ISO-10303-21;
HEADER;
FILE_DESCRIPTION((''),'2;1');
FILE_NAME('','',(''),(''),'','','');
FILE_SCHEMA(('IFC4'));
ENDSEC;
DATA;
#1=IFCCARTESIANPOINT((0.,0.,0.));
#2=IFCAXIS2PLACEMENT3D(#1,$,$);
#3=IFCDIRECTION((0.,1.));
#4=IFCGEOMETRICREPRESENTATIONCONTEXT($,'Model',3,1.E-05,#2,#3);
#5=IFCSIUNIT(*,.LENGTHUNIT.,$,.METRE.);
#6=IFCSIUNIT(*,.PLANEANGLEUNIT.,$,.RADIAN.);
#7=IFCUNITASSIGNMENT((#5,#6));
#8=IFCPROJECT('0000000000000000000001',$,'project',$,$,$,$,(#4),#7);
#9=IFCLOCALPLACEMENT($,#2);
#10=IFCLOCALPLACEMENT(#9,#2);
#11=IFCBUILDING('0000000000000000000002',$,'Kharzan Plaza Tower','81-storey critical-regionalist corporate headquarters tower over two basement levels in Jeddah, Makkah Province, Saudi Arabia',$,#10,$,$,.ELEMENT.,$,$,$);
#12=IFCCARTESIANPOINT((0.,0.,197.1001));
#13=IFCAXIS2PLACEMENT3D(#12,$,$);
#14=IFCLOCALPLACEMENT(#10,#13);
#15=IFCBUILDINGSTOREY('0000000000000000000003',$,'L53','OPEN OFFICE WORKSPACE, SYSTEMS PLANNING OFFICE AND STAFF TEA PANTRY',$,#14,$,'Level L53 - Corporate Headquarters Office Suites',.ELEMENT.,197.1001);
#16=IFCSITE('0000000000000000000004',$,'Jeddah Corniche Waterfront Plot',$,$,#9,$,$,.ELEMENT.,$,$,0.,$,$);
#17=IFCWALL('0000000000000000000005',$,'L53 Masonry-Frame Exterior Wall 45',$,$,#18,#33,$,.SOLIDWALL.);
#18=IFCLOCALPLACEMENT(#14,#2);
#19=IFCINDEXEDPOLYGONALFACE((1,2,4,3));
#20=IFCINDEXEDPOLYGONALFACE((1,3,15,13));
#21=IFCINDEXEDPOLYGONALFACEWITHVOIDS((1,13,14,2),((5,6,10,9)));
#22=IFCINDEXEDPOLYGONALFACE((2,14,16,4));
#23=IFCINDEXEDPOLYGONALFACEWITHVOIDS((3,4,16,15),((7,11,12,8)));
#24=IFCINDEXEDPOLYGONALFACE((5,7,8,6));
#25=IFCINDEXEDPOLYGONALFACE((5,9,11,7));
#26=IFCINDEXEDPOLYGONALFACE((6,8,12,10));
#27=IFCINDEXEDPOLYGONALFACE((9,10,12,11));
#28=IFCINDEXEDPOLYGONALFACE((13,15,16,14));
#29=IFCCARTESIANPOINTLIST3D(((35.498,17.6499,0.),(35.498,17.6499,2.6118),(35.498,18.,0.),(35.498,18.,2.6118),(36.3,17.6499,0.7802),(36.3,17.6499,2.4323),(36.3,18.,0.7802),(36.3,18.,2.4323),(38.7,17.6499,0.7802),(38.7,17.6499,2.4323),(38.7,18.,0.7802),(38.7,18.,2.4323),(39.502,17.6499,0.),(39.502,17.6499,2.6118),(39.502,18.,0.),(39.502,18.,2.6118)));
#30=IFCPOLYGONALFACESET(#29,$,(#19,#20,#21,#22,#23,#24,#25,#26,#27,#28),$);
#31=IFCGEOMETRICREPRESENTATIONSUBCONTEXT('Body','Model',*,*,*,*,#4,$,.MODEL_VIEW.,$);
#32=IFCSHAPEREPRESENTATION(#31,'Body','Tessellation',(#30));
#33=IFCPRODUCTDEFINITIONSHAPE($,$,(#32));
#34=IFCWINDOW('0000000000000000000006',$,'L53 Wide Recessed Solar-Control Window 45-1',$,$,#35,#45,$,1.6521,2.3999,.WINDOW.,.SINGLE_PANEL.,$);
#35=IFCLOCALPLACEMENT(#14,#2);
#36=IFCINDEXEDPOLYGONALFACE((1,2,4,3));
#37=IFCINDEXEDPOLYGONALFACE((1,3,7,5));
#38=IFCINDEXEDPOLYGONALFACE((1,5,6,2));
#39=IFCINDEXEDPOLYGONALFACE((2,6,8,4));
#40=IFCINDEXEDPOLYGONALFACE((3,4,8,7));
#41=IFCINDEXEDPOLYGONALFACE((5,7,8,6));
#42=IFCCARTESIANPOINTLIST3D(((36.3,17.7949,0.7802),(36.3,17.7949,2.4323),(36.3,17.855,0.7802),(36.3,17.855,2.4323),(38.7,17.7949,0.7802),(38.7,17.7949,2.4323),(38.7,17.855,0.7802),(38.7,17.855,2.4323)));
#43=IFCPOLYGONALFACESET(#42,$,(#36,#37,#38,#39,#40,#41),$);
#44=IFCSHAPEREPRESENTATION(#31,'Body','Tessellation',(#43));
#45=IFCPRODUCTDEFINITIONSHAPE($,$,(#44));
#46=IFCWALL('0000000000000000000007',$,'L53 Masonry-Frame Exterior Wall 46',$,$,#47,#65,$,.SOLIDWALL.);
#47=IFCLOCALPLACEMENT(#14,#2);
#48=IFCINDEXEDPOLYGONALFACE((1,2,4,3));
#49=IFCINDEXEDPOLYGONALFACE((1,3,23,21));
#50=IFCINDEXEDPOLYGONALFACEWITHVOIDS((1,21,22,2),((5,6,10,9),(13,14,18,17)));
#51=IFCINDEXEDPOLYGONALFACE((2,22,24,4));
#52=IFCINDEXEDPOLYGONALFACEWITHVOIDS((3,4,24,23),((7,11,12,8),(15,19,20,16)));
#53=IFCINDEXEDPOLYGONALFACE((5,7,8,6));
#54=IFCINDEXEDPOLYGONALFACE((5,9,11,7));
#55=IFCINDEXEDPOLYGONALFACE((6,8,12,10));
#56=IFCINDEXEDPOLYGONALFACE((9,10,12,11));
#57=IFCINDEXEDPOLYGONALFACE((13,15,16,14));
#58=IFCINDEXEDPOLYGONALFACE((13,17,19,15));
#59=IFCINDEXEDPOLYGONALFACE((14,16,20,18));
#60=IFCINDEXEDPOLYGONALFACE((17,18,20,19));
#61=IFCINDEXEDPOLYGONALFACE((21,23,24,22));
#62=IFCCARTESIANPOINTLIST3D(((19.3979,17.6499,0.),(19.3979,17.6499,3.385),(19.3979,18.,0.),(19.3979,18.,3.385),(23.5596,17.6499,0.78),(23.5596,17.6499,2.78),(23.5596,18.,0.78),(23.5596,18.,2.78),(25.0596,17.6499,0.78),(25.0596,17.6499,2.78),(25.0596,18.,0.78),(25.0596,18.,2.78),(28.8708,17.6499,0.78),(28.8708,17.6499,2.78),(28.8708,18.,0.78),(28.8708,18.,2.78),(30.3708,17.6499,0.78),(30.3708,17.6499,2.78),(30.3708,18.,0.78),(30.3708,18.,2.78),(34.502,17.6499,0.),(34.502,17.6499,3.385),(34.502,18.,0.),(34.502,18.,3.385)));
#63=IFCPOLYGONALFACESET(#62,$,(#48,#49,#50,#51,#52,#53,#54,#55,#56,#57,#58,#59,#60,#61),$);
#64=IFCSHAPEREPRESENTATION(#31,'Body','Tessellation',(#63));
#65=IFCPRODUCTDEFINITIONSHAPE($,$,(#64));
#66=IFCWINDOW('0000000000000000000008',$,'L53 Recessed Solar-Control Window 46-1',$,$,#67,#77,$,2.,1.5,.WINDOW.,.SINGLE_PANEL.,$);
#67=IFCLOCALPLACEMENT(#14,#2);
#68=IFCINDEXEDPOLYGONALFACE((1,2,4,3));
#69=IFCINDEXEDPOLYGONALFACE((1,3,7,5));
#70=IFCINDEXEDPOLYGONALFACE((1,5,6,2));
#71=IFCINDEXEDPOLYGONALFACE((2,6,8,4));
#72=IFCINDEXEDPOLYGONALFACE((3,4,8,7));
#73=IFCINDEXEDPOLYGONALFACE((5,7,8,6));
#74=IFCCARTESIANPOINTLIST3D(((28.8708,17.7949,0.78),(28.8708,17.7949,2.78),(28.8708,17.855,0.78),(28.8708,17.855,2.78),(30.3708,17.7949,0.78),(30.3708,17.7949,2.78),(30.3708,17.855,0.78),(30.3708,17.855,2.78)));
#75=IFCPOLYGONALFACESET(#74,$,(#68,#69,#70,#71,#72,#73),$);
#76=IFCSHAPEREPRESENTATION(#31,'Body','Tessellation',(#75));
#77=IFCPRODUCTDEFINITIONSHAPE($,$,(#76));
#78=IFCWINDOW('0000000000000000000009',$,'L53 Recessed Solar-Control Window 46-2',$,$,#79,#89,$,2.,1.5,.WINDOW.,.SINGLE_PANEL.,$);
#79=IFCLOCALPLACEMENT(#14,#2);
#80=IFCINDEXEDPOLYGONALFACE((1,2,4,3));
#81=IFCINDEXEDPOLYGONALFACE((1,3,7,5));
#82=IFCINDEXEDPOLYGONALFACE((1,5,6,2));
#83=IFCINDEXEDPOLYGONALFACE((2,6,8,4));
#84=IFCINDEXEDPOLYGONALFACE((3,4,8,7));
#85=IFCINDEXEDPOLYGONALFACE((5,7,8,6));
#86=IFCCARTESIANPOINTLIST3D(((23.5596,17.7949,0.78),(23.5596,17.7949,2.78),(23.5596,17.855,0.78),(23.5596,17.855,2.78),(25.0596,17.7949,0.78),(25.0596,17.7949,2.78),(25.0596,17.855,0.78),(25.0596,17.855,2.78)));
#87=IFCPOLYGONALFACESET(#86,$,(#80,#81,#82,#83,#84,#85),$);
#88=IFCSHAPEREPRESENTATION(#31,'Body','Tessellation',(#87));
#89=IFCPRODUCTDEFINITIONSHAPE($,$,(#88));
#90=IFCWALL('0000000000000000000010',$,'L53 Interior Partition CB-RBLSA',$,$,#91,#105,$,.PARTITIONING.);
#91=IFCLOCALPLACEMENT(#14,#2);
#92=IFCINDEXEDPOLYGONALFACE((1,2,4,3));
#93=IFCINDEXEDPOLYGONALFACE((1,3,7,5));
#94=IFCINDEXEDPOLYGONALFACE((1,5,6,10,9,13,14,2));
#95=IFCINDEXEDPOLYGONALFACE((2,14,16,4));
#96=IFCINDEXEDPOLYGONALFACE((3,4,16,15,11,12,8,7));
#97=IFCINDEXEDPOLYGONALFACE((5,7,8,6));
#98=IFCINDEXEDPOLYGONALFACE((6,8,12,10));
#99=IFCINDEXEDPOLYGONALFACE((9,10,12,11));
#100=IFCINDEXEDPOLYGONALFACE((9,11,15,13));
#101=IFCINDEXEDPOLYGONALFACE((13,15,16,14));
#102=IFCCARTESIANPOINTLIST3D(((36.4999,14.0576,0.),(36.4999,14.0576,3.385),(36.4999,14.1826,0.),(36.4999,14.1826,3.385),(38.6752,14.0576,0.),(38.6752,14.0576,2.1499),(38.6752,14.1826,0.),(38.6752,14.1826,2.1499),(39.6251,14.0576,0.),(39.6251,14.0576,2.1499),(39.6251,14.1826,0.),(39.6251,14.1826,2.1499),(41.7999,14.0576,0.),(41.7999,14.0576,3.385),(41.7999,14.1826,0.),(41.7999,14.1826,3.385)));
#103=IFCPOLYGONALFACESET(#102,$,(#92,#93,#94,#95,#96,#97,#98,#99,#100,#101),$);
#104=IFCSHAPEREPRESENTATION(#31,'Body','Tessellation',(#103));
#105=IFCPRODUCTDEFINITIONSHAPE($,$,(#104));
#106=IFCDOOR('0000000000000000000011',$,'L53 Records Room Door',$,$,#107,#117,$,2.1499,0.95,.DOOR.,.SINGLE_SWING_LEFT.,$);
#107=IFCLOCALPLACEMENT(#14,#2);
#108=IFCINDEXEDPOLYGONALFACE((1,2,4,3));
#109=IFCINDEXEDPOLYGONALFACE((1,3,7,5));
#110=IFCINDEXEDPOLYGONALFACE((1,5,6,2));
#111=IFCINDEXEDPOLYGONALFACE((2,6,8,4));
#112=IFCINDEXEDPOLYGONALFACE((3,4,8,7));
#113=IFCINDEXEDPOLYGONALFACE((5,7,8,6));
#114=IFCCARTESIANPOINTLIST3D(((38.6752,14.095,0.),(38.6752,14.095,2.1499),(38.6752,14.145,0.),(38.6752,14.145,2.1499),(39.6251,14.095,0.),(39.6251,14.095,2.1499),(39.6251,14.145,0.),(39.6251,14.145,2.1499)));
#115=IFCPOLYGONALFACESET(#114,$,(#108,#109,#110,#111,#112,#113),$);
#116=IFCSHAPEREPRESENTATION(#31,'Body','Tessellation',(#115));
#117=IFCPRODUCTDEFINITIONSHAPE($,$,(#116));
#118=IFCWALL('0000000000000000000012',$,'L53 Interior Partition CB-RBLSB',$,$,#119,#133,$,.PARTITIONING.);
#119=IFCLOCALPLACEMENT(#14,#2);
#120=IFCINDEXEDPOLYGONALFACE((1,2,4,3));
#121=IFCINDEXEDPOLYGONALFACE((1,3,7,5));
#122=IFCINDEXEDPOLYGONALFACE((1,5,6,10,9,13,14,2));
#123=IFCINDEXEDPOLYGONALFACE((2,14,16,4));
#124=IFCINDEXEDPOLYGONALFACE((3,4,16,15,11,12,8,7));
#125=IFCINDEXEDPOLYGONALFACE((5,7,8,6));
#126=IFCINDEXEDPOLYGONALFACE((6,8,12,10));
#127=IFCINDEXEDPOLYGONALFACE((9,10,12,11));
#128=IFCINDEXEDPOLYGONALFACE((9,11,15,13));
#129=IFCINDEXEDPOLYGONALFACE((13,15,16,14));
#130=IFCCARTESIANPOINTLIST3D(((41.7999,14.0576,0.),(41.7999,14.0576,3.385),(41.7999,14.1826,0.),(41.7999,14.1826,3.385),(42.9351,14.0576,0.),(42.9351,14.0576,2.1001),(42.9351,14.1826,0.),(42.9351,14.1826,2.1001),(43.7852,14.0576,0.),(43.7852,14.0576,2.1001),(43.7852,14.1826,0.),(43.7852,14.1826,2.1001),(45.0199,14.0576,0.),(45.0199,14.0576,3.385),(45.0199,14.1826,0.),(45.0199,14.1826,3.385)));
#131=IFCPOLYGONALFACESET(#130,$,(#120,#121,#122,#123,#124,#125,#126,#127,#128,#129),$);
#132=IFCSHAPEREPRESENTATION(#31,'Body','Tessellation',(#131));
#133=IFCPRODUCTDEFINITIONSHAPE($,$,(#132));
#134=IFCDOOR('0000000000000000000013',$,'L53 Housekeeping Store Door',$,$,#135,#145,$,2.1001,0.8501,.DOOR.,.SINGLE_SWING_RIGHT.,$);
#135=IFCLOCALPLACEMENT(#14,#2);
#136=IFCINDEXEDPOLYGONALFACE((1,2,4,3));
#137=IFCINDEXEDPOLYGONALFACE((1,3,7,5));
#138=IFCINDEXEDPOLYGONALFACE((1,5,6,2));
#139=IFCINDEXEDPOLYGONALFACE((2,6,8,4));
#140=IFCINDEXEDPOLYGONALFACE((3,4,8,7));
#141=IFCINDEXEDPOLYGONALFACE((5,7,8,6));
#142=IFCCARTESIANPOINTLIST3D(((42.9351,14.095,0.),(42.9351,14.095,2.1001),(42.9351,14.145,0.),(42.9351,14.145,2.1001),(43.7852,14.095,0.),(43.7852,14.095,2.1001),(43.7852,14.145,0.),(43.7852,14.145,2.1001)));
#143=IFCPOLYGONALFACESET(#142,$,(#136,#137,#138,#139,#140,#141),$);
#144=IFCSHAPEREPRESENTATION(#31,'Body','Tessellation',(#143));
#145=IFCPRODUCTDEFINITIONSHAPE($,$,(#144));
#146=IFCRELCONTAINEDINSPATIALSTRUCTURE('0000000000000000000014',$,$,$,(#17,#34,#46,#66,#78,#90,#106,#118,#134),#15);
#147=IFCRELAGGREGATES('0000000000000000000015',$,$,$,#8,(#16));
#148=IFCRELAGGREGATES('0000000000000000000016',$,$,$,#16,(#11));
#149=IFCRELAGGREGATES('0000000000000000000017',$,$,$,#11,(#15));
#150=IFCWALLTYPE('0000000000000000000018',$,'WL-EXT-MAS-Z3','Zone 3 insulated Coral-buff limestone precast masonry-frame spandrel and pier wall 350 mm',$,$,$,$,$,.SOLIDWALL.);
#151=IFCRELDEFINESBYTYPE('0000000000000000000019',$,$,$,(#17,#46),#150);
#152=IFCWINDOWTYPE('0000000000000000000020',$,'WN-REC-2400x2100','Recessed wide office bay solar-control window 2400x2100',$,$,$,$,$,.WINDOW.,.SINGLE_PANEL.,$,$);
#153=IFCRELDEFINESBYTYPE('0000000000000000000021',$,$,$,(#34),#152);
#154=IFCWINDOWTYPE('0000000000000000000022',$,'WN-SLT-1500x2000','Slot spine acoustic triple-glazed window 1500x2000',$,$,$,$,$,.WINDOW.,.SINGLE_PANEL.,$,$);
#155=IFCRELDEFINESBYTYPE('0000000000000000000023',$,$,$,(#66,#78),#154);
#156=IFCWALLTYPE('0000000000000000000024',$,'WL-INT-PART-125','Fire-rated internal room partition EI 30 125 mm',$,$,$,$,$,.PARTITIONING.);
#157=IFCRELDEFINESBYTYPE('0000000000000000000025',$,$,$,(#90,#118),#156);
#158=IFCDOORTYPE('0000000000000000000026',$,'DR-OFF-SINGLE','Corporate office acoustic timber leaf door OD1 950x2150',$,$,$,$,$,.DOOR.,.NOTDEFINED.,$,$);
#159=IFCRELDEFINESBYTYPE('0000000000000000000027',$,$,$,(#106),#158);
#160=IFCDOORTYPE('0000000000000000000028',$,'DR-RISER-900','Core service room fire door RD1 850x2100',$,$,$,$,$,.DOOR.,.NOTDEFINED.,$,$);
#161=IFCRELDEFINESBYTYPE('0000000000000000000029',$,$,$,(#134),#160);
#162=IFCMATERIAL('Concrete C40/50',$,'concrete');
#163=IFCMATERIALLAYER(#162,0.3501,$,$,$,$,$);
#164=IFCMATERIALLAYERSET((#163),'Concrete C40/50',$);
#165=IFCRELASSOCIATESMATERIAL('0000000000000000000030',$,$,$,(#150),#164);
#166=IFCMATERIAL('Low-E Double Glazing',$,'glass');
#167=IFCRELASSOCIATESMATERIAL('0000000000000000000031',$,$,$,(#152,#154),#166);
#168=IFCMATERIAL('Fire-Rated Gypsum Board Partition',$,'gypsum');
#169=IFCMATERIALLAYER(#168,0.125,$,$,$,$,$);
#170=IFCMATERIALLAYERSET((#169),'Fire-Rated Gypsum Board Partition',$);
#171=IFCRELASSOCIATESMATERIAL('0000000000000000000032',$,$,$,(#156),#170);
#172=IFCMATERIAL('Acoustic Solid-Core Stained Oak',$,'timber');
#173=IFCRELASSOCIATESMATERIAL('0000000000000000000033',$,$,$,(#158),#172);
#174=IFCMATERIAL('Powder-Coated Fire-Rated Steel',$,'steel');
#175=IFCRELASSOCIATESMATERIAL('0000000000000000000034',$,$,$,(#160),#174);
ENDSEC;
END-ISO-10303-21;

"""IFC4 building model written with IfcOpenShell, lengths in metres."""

from ifc_helpers import new_model, si_unit, direction, frame, frame_2d, origin, place, context, subcontext, project, spatial, rectangle, extrude, source, transform, mapped, material, layer, layer_set, type_object, element, fill, save


model = new_model("IFC4")

# Units and contexts
model_context = context("Model", 3, precision=1e-05, world=origin(), true_north=direction((0.0, 1.0)))
body_context = subcontext(model_context, "Body", "Model", "MODEL_VIEW")
ifc_project = project(units=[si_unit("LENGTHUNIT", "METRE"), si_unit("PLANEANGLEUNIT", "RADIAN")], contexts=[model_context])

# Site, building, storey
site_placement = place(None, origin())
site = spatial("IfcSite", under=ifc_project, at=site_placement, Name="Jeddah Corniche Waterfront Plot", CompositionType="ELEMENT", RefElevation=0.0)
building_placement = place(site_placement, origin())
building = spatial("IfcBuilding", under=site, at=building_placement, Name="Kharzan Plaza Tower", Description="81-storey critical-regionalist corporate headquarters tower over two basement levels in Jeddah, Makkah Province, Saudi Arabia", CompositionType="ELEMENT")
storey_placement = place(building_placement, frame((0.0, 0.0, 197.1001)))
storey = spatial("IfcBuildingStorey", under=building, at=storey_placement, Name="L53", Description="OPEN OFFICE WORKSPACE, SYSTEMS PLANNING OFFICE AND STAFF TEA PANTRY", LongName="Level L53 - Corporate Headquarters Office Suites", CompositionType="ELEMENT", Elevation=197.1001)

# Wall, opening, window
ifc_material_1 = material(Name="Concrete C40/50", Category="concrete")
ifc_layer_1 = layer(ifc_material_1, 0.3501)
ifc_layer_set_1 = layer_set([ifc_layer_1], Name="Concrete C40/50")
wall_type_1 = type_object("IfcWallType", Name="WL-EXT-MAS-Z3", Description="Zone 3 insulated Coral-buff limestone precast masonry-frame spandrel and pier wall 350 mm", PredefinedType="SOLIDWALL", material=ifc_layer_set_1)
wall_1_placement = place(storey_placement, frame((39.502, 17.825, 0.0), z_axis=(0.0, 0.0, 1.0), x_axis=(-1.0, 0.0, 0.0)))
wall_1 = element("IfcWall", 1, at=wall_1_placement, inside=storey, type_object=wall_type_1, Name="L53 Masonry-Frame Exterior Wall 45", PredefinedType="SOLIDWALL", context=body_context, shape_type="SweptSolid", body=[
    extrude(rectangle(XDim=4.0039, YDim=0.3501, at=frame_2d((2.002, 0.0))), origin(), (0.0, 0.0, 1.0), 2.6118),
])
opening_1_placement = place(wall_1_placement, frame((0.802, 0.0, 0.78)))
opening_1 = element("IfcOpeningElement", 2, at=opening_1_placement, cuts=wall_1, PredefinedType="OPENING", context=body_context, shape_type="SweptSolid", body=[
    extrude(rectangle(XDim=2.3999, YDim=1.6521, at=frame_2d((1.2, 0.8262))), frame((0.0, 0.1851, 0.0), z_axis=(0.0, -1.0, 0.0), x_axis=(1.0, 0.0, 0.0)), (0.0, 0.0, 1.0), 0.3701),
])
ifc_material_2 = material(Name="Low-E Double Glazing", Category="glass")
window_type_1 = type_object("IfcWindowType", Name="WN-REC-2400x2100", Description="Recessed wide office bay solar-control window 2400x2100", PartitioningType="SINGLE_PANEL", PredefinedType="WINDOW", material=ifc_material_2)
shared_shape_1 = source(origin(), body_context, "Body", "SweptSolid", [
    extrude(rectangle(XDim=2.3999, YDim=1.6521, at=frame_2d((1.2, 0.8262))), frame((0.0, 0.03, 0.0), z_axis=(0.0, -1.0, 0.0), x_axis=(1.0, 0.0, 0.0)), (0.0, 0.0, 1.0), 0.0601),
])
window_1_placement = place(opening_1_placement, origin())
window_1 = element("IfcWindow", 3, at=window_1_placement, inside=storey, type_object=window_type_1, Name="L53 Wide Recessed Solar-Control Window 45-1", OverallHeight=1.6521, OverallWidth=2.3999, PartitioningType="SINGLE_PANEL", PredefinedType="WINDOW", context=body_context, shape_type="MappedRepresentation", body=[
    mapped(shared_shape_1, transform((0.0, 0.0, 0.0), x_axis=(1.0, 0.0, 0.0), y_axis=(0.0, 1.0, 0.0), z_axis=(0.0, 0.0, 1.0))),
])
fill(opening_1, window_1)

# Wall, openings, windows
wall_2_placement = place(storey_placement, frame((34.502, 17.825, 0.0), z_axis=(0.0, 0.0, 1.0), x_axis=(-1.0, 0.0, 0.0)))
wall_2 = element("IfcWall", 4, at=wall_2_placement, inside=storey, type_object=wall_type_1, Name="L53 Masonry-Frame Exterior Wall 46", PredefinedType="SOLIDWALL", context=body_context, shape_type="SweptSolid", body=[
    extrude(rectangle(XDim=15.104, YDim=0.3501, at=frame_2d((7.552, 0.0))), origin(), (0.0, 0.0, 1.0), 3.385),
])
opening_2_placement = place(wall_2_placement, frame((4.1311, 0.0, 0.78)))
opening_2 = element("IfcOpeningElement", 5, at=opening_2_placement, cuts=wall_2, PredefinedType="OPENING", context=body_context, shape_type="SweptSolid", body=[
    extrude(rectangle(XDim=1.5, YDim=2.0, at=frame_2d((0.75, 1.0))), frame((0.0, 0.1851, 0.0), z_axis=(0.0, -1.0, 0.0), x_axis=(1.0, 0.0, 0.0)), (0.0, 0.0, 1.0), 0.3701),
])
opening_3_placement = place(wall_2_placement, frame((9.4424, 0.0, 0.78)))
opening_3 = element("IfcOpeningElement", 6, at=opening_3_placement, cuts=wall_2, PredefinedType="OPENING", context=body_context, shape_type="SweptSolid", body=[
    extrude(rectangle(XDim=1.5, YDim=2.0, at=frame_2d((0.75, 1.0))), frame((0.0, 0.1851, 0.0), z_axis=(0.0, -1.0, 0.0), x_axis=(1.0, 0.0, 0.0)), (0.0, 0.0, 1.0), 0.3701),
])
window_type_2 = type_object("IfcWindowType", Name="WN-SLT-1500x2000", Description="Slot spine acoustic triple-glazed window 1500x2000", PartitioningType="SINGLE_PANEL", PredefinedType="WINDOW", material=ifc_material_2)
shared_shape_2 = source(origin(), body_context, "Body", "SweptSolid", [
    extrude(rectangle(XDim=1.5, YDim=2.0, at=frame_2d((0.75, 1.0))), frame((0.0, 0.03, 0.0), z_axis=(0.0, -1.0, 0.0), x_axis=(1.0, 0.0, 0.0)), (0.0, 0.0, 1.0), 0.0601),
])
window_2_placement = place(opening_2_placement, origin())
window_2 = element("IfcWindow", 7, at=window_2_placement, inside=storey, type_object=window_type_2, Name="L53 Recessed Solar-Control Window 46-1", OverallHeight=2.0, OverallWidth=1.5, PartitioningType="SINGLE_PANEL", PredefinedType="WINDOW", context=body_context, shape_type="MappedRepresentation", body=[
    mapped(shared_shape_2, transform((0.0, 0.0, 0.0), x_axis=(1.0, 0.0, 0.0), y_axis=(0.0, 1.0, 0.0), z_axis=(0.0, 0.0, 1.0))),
])
fill(opening_2, window_2)
window_3_placement = place(opening_3_placement, origin())
window_3 = element("IfcWindow", 8, at=window_3_placement, inside=storey, type_object=window_type_2, Name="L53 Recessed Solar-Control Window 46-2", OverallHeight=2.0, OverallWidth=1.5, PartitioningType="SINGLE_PANEL", PredefinedType="WINDOW", context=body_context, shape_type="MappedRepresentation", body=[
    mapped(shared_shape_2, transform((0.0, 0.0, 0.0), x_axis=(1.0, 0.0, 0.0), y_axis=(0.0, 1.0, 0.0), z_axis=(0.0, 0.0, 1.0))),
])
fill(opening_3, window_3)

# Walls, openings, doors
ifc_material_3 = material(Name="Fire-Rated Gypsum Board Partition", Category="gypsum")
ifc_layer_2 = layer(ifc_material_3, 0.125)
ifc_layer_set_2 = layer_set([ifc_layer_2], Name="Fire-Rated Gypsum Board Partition")
wall_type_2 = type_object("IfcWallType", Name="WL-INT-PART-125", Description="Fire-rated internal room partition EI 30 125 mm", PredefinedType="PARTITIONING", material=ifc_layer_set_2)
wall_3_placement = place(storey_placement, frame((36.5, 14.1201, 0.0), z_axis=(0.0, 0.0, 1.0), x_axis=(1.0, 0.0, 0.0)))
wall_3 = element("IfcWall", 9, at=wall_3_placement, inside=storey, type_object=wall_type_2, Name="L53 Interior Partition CB-RBLSA", PredefinedType="PARTITIONING", context=body_context, shape_type="SweptSolid", body=[
    extrude(rectangle(XDim=5.3, YDim=0.125, at=frame_2d((2.6499, 0.0))), origin(), (0.0, 0.0, 1.0), 3.385),
])
opening_4_placement = place(wall_3_placement, frame((2.175, 0.0, 0.0)))
opening_4 = element("IfcOpeningElement", 10, at=opening_4_placement, cuts=wall_3, PredefinedType="OPENING", context=body_context, shape_type="SweptSolid", body=[
    extrude(rectangle(XDim=0.95, YDim=2.1499, at=frame_2d((0.4751, 1.075))), frame((0.0, 0.0725, 0.0), z_axis=(0.0, -1.0, 0.0), x_axis=(1.0, 0.0, 0.0)), (0.0, 0.0, 1.0), 0.145),
])
ifc_material_4 = material(Name="Acoustic Solid-Core Stained Oak", Category="timber")
door_type_1 = type_object("IfcDoorType", Name="DR-OFF-SINGLE", Description="Corporate office acoustic timber leaf door OD1 950x2150", OperationType="NOTDEFINED", PredefinedType="DOOR", material=ifc_material_4)
shared_shape_3 = source(origin(), body_context, "Body", "SweptSolid", [
    extrude(rectangle(XDim=0.95, YDim=2.1499, at=frame_2d((0.4751, 1.075))), frame((0.0, 0.0249, 0.0), z_axis=(0.0, -1.0, 0.0), x_axis=(1.0, 0.0, 0.0)), (0.0, 0.0, 1.0), 0.05),
])
door_1_placement = place(opening_4_placement, origin())
door_1 = element("IfcDoor", 11, at=door_1_placement, inside=storey, type_object=door_type_1, Name="L53 Records Room Door", OperationType="SINGLE_SWING_LEFT", OverallHeight=2.1499, OverallWidth=0.95, PredefinedType="DOOR", context=body_context, shape_type="MappedRepresentation", body=[
    mapped(shared_shape_3, transform((0.0, 0.0, 0.0), x_axis=(1.0, 0.0, 0.0), y_axis=(0.0, 1.0, 0.0), z_axis=(0.0, 0.0, 1.0))),
])
fill(opening_4, door_1)
wall_4_placement = place(storey_placement, frame((41.8, 14.1201, 0.0), z_axis=(0.0, 0.0, 1.0), x_axis=(1.0, 0.0, 0.0)))
wall_4 = element("IfcWall", 12, at=wall_4_placement, inside=storey, type_object=wall_type_2, Name="L53 Interior Partition CB-RBLSB", PredefinedType="PARTITIONING", context=body_context, shape_type="SweptSolid", body=[
    extrude(rectangle(XDim=3.22, YDim=0.125, at=frame_2d((1.6099, 0.0))), origin(), (0.0, 0.0, 1.0), 3.385),
])
opening_5_placement = place(wall_4_placement, frame((1.135, 0.0, 0.0)))
opening_5 = element("IfcOpeningElement", 13, at=opening_5_placement, cuts=wall_4, PredefinedType="OPENING", context=body_context, shape_type="SweptSolid", body=[
    extrude(rectangle(XDim=0.8501, YDim=2.1001, at=frame_2d((0.425, 1.05))), frame((0.0, 0.0725, 0.0), z_axis=(0.0, -1.0, 0.0), x_axis=(1.0, 0.0, 0.0)), (0.0, 0.0, 1.0), 0.145),
])
ifc_material_5 = material(Name="Powder-Coated Fire-Rated Steel", Category="steel")
door_type_2 = type_object("IfcDoorType", Name="DR-RISER-900", Description="Core service room fire door RD1 850x2100", OperationType="NOTDEFINED", PredefinedType="DOOR", material=ifc_material_5)
shared_shape_4 = source(origin(), body_context, "Body", "SweptSolid", [
    extrude(rectangle(XDim=0.8501, YDim=2.1001, at=frame_2d((0.425, 1.05))), frame((0.0, 0.0249, 0.0), z_axis=(0.0, -1.0, 0.0), x_axis=(1.0, 0.0, 0.0)), (0.0, 0.0, 1.0), 0.05),
])
door_2_placement = place(opening_5_placement, origin())
door_2 = element("IfcDoor", 14, at=door_2_placement, inside=storey, type_object=door_type_2, Name="L53 Housekeeping Store Door", OperationType="SINGLE_SWING_RIGHT", OverallHeight=2.1001, OverallWidth=0.8501, PredefinedType="DOOR", context=body_context, shape_type="MappedRepresentation", body=[
    mapped(shared_shape_4, transform((0.0, 0.0, 0.0), x_axis=(1.0, 0.0, 0.0), y_axis=(0.0, 1.0, 0.0), z_axis=(0.0, 0.0, 1.0))),
])
fill(opening_5, door_2)

save(model, "model.ifc")
